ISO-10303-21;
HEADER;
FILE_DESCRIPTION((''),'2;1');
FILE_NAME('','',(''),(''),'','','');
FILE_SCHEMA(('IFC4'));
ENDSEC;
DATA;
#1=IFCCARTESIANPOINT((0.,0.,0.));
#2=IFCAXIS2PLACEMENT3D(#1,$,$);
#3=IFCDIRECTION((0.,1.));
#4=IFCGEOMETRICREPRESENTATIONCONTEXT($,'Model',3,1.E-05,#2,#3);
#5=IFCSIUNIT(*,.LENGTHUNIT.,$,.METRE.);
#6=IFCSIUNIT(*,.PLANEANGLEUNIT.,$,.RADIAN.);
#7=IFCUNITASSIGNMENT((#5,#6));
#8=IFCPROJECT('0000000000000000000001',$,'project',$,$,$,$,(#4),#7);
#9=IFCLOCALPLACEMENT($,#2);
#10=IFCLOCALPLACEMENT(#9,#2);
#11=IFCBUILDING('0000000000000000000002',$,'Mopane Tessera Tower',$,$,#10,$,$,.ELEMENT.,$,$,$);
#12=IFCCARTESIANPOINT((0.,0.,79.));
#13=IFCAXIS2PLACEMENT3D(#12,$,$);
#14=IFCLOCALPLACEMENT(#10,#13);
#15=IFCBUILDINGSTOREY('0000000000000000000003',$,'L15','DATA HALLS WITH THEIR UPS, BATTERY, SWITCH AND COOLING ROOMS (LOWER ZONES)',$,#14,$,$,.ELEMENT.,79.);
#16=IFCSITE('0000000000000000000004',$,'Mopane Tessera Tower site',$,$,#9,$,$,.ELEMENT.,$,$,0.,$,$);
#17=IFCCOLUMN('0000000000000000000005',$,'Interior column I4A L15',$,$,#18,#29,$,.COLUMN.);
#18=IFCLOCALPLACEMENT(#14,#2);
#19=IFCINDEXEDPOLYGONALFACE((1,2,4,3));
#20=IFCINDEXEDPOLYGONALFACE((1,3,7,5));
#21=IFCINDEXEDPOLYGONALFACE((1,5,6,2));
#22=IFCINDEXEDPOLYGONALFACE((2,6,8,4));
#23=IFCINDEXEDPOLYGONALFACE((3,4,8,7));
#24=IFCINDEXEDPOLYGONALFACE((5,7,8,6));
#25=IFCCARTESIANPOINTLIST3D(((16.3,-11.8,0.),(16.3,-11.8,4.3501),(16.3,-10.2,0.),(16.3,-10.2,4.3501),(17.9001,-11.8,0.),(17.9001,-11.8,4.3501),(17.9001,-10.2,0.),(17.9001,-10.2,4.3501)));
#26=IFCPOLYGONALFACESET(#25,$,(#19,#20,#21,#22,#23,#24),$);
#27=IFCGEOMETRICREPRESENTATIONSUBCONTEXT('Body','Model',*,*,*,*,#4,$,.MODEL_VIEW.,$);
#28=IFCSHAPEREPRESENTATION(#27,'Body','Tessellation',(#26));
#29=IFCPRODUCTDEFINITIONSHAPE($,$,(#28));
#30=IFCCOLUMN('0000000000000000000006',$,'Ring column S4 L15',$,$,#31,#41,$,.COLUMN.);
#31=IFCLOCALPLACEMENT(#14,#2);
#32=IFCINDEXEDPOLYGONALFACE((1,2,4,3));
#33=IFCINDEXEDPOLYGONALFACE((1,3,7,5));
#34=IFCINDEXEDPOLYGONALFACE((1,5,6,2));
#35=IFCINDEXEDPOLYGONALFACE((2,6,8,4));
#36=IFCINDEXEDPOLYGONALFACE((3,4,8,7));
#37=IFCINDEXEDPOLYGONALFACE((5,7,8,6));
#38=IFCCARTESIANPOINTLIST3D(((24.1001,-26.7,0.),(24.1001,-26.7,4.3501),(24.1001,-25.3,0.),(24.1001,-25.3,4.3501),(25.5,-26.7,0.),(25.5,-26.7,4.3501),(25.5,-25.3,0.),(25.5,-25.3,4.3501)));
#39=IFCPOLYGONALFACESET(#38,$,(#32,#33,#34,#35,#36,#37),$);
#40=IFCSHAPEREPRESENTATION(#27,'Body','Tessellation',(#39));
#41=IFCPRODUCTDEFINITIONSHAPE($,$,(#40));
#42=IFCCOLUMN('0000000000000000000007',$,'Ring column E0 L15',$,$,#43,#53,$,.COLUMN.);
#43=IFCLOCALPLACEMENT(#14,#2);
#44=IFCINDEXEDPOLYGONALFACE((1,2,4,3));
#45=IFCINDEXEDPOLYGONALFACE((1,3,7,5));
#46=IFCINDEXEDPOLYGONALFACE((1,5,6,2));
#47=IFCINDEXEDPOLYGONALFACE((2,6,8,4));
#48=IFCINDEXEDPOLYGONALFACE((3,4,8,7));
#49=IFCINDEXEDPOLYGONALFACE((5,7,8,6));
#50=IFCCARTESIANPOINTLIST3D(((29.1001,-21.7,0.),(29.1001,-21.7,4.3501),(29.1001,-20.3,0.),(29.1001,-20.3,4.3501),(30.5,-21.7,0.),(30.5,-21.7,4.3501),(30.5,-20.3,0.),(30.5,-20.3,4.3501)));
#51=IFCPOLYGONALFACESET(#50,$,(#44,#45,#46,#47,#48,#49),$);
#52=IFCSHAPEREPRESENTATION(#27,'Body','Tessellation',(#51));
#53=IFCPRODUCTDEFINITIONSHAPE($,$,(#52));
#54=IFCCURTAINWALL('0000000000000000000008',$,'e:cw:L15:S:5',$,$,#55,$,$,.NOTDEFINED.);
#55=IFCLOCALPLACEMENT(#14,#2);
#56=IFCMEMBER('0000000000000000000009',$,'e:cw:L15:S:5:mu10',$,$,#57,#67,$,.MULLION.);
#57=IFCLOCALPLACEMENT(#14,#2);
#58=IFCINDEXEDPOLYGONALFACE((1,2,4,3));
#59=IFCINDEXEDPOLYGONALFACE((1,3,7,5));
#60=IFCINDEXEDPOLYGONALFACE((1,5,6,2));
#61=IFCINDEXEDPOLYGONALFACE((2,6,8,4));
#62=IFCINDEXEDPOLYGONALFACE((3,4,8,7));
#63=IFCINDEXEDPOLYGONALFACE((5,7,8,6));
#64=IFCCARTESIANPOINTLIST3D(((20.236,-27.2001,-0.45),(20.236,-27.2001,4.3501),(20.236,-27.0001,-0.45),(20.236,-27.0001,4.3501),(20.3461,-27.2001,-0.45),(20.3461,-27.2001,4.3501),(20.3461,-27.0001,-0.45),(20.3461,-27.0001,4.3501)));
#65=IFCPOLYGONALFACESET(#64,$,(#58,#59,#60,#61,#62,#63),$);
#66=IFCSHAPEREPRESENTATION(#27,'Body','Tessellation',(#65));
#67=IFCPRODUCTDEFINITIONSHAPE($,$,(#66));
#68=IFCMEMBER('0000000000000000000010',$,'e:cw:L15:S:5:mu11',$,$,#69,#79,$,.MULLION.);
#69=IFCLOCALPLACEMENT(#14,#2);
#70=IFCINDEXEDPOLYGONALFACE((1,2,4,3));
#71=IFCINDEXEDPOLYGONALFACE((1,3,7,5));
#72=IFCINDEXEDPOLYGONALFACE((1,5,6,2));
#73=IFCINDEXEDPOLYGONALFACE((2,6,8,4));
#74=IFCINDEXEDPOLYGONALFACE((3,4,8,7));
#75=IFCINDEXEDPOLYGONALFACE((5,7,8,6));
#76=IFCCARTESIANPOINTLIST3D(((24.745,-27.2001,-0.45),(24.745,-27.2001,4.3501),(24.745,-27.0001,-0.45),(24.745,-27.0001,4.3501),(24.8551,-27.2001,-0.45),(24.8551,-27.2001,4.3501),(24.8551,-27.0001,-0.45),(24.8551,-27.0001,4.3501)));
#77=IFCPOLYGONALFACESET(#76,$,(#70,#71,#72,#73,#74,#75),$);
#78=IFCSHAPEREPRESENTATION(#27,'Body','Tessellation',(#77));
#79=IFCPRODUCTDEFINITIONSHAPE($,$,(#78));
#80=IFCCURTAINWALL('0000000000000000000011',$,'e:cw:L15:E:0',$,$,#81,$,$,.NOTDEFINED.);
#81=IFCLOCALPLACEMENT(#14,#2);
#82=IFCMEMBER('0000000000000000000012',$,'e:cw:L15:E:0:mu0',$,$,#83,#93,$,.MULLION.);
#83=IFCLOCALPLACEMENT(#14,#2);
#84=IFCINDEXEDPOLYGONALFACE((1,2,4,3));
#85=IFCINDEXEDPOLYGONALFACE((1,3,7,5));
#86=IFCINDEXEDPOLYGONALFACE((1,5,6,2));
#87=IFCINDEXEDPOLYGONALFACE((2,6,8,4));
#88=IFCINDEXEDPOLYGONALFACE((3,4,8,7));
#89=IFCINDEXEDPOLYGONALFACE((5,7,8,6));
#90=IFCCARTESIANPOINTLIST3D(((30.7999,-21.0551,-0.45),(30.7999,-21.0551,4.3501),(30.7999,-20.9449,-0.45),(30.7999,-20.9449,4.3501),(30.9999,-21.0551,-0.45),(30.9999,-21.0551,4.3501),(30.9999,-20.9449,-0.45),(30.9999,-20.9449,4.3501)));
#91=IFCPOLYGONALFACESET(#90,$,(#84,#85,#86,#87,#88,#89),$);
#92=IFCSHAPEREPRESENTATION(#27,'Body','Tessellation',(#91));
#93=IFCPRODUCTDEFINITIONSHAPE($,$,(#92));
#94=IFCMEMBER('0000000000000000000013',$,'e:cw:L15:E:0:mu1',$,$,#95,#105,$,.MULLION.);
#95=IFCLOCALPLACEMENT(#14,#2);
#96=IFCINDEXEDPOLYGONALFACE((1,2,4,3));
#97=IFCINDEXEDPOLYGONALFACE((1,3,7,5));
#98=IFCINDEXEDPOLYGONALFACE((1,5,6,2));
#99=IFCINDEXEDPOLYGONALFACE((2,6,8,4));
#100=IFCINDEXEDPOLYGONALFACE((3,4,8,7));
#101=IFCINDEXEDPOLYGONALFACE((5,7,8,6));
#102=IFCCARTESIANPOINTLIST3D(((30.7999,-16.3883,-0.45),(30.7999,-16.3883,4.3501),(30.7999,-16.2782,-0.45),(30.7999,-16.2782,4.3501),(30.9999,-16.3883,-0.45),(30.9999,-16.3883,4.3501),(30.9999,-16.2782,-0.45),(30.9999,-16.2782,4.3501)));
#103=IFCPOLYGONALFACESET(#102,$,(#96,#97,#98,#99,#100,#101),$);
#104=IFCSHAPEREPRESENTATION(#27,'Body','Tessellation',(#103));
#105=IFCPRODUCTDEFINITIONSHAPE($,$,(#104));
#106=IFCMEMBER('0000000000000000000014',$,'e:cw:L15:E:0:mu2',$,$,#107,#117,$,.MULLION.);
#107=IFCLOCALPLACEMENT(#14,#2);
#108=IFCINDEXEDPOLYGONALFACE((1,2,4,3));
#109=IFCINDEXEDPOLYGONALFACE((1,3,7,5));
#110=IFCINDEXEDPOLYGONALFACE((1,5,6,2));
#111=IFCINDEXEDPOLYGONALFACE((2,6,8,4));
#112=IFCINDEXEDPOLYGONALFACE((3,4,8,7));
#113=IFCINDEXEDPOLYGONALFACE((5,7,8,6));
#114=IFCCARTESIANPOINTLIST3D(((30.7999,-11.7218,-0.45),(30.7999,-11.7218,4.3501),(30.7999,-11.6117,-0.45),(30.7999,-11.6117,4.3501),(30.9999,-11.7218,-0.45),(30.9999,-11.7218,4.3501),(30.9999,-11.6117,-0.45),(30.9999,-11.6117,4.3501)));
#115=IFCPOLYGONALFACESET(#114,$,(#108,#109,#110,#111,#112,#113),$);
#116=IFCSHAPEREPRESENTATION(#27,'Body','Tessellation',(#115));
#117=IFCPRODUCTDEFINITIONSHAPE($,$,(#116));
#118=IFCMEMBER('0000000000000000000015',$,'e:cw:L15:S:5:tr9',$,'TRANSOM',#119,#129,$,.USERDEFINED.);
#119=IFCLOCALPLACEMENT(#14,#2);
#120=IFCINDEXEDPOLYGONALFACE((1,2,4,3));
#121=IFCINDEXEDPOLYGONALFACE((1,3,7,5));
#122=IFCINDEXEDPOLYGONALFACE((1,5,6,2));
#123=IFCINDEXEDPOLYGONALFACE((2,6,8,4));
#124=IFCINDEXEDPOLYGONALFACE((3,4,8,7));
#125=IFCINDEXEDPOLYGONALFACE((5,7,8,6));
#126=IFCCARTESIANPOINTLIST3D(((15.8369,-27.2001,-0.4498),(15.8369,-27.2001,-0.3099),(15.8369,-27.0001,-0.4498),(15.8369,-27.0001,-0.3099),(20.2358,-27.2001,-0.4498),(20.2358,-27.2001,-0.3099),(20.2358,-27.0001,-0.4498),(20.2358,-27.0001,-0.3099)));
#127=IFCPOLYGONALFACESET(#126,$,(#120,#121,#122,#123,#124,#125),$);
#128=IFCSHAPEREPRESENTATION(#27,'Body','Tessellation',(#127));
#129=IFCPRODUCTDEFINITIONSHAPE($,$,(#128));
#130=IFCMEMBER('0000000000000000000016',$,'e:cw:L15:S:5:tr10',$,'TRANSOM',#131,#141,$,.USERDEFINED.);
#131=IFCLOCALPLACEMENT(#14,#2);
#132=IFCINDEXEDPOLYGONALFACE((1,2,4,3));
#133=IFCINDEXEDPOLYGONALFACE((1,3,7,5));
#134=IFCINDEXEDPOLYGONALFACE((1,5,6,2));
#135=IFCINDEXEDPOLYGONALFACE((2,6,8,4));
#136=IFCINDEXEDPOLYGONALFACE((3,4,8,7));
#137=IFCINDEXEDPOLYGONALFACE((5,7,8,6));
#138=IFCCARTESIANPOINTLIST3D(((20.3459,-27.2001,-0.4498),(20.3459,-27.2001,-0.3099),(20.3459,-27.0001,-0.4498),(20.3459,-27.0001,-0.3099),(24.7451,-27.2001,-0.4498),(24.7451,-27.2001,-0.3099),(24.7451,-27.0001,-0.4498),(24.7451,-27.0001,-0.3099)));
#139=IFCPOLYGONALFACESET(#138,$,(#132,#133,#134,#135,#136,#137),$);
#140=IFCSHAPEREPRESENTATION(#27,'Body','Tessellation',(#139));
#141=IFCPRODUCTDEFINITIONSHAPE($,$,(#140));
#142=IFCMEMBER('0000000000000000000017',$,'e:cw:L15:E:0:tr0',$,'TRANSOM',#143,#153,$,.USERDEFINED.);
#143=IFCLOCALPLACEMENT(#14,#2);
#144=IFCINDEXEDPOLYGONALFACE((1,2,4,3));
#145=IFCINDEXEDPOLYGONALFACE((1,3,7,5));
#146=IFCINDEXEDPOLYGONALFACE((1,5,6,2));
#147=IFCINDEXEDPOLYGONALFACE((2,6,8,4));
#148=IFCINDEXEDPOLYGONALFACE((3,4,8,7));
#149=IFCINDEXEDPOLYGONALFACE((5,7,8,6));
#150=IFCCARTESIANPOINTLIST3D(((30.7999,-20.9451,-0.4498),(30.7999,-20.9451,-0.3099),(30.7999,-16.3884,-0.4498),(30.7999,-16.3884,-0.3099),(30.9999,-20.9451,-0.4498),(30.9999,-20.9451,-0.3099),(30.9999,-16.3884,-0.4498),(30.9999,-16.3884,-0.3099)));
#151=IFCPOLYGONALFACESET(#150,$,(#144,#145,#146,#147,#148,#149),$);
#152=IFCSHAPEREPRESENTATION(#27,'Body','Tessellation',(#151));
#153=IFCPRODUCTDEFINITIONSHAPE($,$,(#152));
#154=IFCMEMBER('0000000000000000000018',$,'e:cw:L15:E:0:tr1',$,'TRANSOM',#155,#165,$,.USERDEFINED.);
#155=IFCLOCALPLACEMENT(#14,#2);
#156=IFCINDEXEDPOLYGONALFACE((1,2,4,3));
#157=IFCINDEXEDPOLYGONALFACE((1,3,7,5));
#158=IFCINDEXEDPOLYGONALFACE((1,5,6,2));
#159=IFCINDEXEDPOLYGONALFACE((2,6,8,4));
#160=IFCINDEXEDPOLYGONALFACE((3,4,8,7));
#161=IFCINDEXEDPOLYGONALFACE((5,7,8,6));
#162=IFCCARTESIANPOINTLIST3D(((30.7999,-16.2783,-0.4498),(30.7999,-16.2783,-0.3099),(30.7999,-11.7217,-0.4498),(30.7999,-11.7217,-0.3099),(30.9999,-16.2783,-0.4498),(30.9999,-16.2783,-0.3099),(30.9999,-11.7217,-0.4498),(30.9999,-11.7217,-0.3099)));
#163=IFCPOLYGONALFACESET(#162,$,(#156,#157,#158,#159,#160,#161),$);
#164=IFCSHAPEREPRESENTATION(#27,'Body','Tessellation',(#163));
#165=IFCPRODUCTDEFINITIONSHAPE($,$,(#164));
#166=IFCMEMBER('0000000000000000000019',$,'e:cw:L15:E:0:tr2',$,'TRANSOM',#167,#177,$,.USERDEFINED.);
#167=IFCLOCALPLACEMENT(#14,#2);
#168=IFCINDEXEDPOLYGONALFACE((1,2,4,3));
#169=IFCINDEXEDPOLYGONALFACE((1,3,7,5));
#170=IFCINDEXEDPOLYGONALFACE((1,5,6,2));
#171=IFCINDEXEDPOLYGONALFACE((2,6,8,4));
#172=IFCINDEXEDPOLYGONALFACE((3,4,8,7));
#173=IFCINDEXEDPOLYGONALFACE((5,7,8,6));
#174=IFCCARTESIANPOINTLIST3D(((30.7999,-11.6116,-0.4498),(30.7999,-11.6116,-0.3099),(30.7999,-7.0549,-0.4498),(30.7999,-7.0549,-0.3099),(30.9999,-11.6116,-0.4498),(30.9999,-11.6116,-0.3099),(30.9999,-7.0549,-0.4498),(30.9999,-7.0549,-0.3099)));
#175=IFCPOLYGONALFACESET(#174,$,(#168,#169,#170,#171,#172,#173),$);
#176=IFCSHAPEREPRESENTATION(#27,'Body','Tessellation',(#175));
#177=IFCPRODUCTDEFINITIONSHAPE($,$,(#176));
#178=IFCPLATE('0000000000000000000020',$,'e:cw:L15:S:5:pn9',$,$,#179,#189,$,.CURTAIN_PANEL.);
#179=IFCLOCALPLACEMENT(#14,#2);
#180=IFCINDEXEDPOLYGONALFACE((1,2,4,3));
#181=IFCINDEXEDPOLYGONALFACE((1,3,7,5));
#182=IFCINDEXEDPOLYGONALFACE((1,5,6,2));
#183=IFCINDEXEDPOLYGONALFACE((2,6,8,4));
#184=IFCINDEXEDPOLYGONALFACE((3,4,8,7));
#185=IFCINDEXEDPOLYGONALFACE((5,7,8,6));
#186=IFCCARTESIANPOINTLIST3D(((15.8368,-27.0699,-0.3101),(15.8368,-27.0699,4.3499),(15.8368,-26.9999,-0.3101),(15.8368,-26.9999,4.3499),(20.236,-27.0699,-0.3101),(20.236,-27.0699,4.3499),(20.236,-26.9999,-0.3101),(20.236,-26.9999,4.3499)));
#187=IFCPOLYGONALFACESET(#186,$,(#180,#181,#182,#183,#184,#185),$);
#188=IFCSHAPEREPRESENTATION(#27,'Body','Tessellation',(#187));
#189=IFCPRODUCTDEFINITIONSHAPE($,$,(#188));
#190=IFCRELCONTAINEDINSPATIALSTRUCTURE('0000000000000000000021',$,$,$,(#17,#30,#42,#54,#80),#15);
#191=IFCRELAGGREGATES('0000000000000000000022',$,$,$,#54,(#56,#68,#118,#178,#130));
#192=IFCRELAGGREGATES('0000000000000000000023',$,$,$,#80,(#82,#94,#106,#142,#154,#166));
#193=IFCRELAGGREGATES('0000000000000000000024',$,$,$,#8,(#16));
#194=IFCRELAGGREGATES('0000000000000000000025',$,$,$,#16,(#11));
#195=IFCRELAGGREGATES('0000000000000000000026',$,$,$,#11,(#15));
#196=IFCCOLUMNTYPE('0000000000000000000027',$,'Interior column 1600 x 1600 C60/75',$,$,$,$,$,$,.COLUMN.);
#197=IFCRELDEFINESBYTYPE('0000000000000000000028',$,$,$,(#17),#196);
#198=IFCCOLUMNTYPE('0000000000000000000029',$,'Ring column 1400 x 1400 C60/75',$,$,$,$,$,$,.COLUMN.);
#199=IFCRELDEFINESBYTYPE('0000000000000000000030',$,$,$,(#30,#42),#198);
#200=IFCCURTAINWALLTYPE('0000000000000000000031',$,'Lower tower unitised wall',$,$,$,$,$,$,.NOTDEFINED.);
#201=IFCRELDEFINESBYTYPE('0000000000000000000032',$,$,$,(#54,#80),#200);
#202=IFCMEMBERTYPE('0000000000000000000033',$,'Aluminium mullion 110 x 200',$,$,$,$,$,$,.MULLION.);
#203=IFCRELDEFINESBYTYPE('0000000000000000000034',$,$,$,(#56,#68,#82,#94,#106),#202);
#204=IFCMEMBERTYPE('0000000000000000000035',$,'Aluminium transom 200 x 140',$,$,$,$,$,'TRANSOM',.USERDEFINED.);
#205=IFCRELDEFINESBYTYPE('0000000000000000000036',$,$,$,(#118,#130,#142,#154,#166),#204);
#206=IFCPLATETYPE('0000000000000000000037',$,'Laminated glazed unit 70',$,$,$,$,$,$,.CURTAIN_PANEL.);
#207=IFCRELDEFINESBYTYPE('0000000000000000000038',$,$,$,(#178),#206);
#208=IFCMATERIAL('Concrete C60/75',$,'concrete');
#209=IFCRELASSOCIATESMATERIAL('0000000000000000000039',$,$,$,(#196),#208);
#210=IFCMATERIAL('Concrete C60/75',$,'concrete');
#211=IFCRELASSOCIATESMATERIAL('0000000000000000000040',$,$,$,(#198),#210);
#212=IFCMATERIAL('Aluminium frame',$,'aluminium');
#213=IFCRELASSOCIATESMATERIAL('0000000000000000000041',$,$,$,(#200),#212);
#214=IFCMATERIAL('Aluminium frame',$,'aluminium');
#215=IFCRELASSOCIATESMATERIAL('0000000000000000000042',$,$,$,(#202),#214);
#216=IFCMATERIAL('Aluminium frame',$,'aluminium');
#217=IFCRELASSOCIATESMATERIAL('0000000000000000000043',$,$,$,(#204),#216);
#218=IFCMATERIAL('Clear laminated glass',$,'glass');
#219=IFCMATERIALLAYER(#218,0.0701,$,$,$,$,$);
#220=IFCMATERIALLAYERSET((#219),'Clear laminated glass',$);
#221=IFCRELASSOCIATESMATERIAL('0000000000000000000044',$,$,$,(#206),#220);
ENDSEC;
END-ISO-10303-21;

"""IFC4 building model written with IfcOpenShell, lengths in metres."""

from ifc_helpers import new_model, si_unit, direction, frame, origin, origin_2d, place, context, subcontext, project, spatial, rectangle, extrude, material, layer, layer_set, material_profile, profile_set, type_object, element, aggregate, save


model = new_model("IFC4")

# Units and contexts
model_context = context("Model", 3, precision=1e-05, world=origin(), true_north=direction((0.0, 1.0)))
body_context = subcontext(model_context, "Body", "Model", "MODEL_VIEW")
ifc_project = project(units=[si_unit("LENGTHUNIT", "METRE"), si_unit("PLANEANGLEUNIT", "RADIAN")], contexts=[model_context])

# Site, building, storey
site_placement = place(None, origin())
site = spatial("IfcSite", under=ifc_project, at=site_placement, Name="Mopane Tessera Tower site", CompositionType="ELEMENT", RefElevation=0.0)
building_placement = place(site_placement, origin())
building = spatial("IfcBuilding", under=site, at=building_placement, Name="Mopane Tessera Tower", CompositionType="ELEMENT")
storey_placement = place(building_placement, frame((0.0, 0.0, 79.0)))
storey = spatial("IfcBuildingStorey", under=building, at=storey_placement, Name="L15", Description="DATA HALLS WITH THEIR UPS, BATTERY, SWITCH AND COOLING ROOMS (LOWER ZONES)", CompositionType="ELEMENT", Elevation=79.0)

# Columns
ifc_material_1 = material(Name="Concrete C60/75", Category="concrete")
ifc_material_profile_1 = material_profile(ifc_material_1, rectangle(XDim=1.6001, YDim=1.6001, at=origin_2d()))
ifc_profile_set_1 = profile_set([ifc_material_profile_1], Name="Concrete C60/75")
column_type_1 = type_object("IfcColumnType", Name="Interior column 1600 x 1600 C60/75", PredefinedType="COLUMN", material=ifc_profile_set_1)
column_placement = place(storey_placement, frame((17.1001, -11.0, 0.0), z_axis=(0.0, 0.0, 1.0), x_axis=(1.0, 0.0, 0.0)))
element("IfcColumn", 1, at=column_placement, inside=storey, type_object=column_type_1, Name="Interior column I4A L15", PredefinedType="COLUMN", context=body_context, shape_type="SweptSolid", body=[
    extrude(rectangle(XDim=1.6001, YDim=1.6001, at=origin_2d()), origin(), (0.0, 0.0, 1.0), 4.3501),
])
ifc_material_2 = material(Name="Concrete C60/75", Category="concrete")
ifc_material_profile_2 = material_profile(ifc_material_2, rectangle(XDim=1.3999, YDim=1.3999, at=origin_2d()))
ifc_profile_set_2 = profile_set([ifc_material_profile_2], Name="Concrete C60/75")
column_type_2 = type_object("IfcColumnType", Name="Ring column 1400 x 1400 C60/75", PredefinedType="COLUMN", material=ifc_profile_set_2)
for number, where, z_axis, x_axis, name in (
    (2, (24.8, -26.0, 0.0), (0.0, 0.0, 1.0), (1.0, 0.0, 0.0), "Ring column S4 L15"),
    (3, (29.8, -21.0, 0.0), (0.0, 0.0, 1.0), (1.0, 0.0, 0.0), "Ring column E0 L15"),
):
    element("IfcColumn", number, at=place(storey_placement, frame(where, z_axis=z_axis, x_axis=x_axis)), inside=storey, type_object=column_type_2, Name=name, PredefinedType="COLUMN", context=body_context, shape_type="SweptSolid", body=[
        extrude(rectangle(XDim=1.3999, YDim=1.3999, at=origin_2d()), origin(), (0.0, 0.0, 1.0), 4.3501),
    ])

# Curtain walls, members
ifc_material_3 = material(Name="Aluminium frame", Category="aluminium")
curtain_wall_type = type_object("IfcCurtainWallType", Name="Lower tower unitised wall", PredefinedType="NOTDEFINED", material=ifc_material_3)
curtain_wall_1_placement = place(storey_placement, origin())
curtain_wall_1 = element("IfcCurtainWall", 4, at=curtain_wall_1_placement, inside=storey, type_object=curtain_wall_type, Name="e:cw:L15:S:5", PredefinedType="NOTDEFINED")
ifc_material_4 = material(Name="Aluminium frame", Category="aluminium")
ifc_material_profile_3 = material_profile(ifc_material_4, rectangle(XDim=0.1101, YDim=0.2, at=origin_2d()))
ifc_profile_set_3 = profile_set([ifc_material_profile_3], Name="Aluminium frame")
member_type_1 = type_object("IfcMemberType", Name="Aluminium mullion 110 x 200", PredefinedType="MULLION", material=ifc_profile_set_3)
member_1_placement = place(storey_placement, frame((20.291, -27.1001, -0.45), z_axis=(0.0, 0.0, 1.0), x_axis=(1.0, 0.0, 0.0)))
member_1 = element("IfcMember", 5, at=member_1_placement, type_object=member_type_1, Name="e:cw:L15:S:5:mu10", PredefinedType="MULLION", context=body_context, shape_type="SweptSolid", body=[
    extrude(rectangle(XDim=0.1101, YDim=0.2, at=origin_2d()), origin(), (0.0, 0.0, 1.0), 4.8),
])
member_2_placement = place(storey_placement, frame((24.8, -27.1001, -0.45), z_axis=(0.0, 0.0, 1.0), x_axis=(1.0, 0.0, 0.0)))
member_2 = element("IfcMember", 6, at=member_2_placement, type_object=member_type_1, Name="e:cw:L15:S:5:mu11", PredefinedType="MULLION", context=body_context, shape_type="SweptSolid", body=[
    extrude(rectangle(XDim=0.1101, YDim=0.2, at=origin_2d()), origin(), (0.0, 0.0, 1.0), 4.8),
])
curtain_wall_2_placement = place(storey_placement, origin())
curtain_wall_2 = element("IfcCurtainWall", 7, at=curtain_wall_2_placement, inside=storey, type_object=curtain_wall_type, Name="e:cw:L15:E:0", PredefinedType="NOTDEFINED")
member_3_placement = place(storey_placement, frame((30.8999, -21.0, -0.45), z_axis=(0.0, 0.0, 1.0), x_axis=(0.0, 1.0, 0.0)))
member_3 = element("IfcMember", 8, at=member_3_placement, type_object=member_type_1, Name="e:cw:L15:E:0:mu0", PredefinedType="MULLION", context=body_context, shape_type="SweptSolid", body=[
    extrude(rectangle(XDim=0.1101, YDim=0.2, at=origin_2d()), origin(), (0.0, 0.0, 1.0), 4.8),
])
member_4_placement = place(storey_placement, frame((30.8999, -16.3333, -0.45), z_axis=(0.0, 0.0, 1.0), x_axis=(0.0, 1.0, 0.0)))
member_4 = element("IfcMember", 9, at=member_4_placement, type_object=member_type_1, Name="e:cw:L15:E:0:mu1", PredefinedType="MULLION", context=body_context, shape_type="SweptSolid", body=[
    extrude(rectangle(XDim=0.1101, YDim=0.2, at=origin_2d()), origin(), (0.0, 0.0, 1.0), 4.8),
])
member_5_placement = place(storey_placement, frame((30.8999, -11.6667, -0.45), z_axis=(0.0, 0.0, 1.0), x_axis=(0.0, 1.0, 0.0)))
member_5 = element("IfcMember", 10, at=member_5_placement, type_object=member_type_1, Name="e:cw:L15:E:0:mu2", PredefinedType="MULLION", context=body_context, shape_type="SweptSolid", body=[
    extrude(rectangle(XDim=0.1101, YDim=0.2, at=origin_2d()), origin(), (0.0, 0.0, 1.0), 4.8),
])

# Members
ifc_material_5 = material(Name="Aluminium frame", Category="aluminium")
ifc_material_profile_4 = material_profile(ifc_material_5, rectangle(XDim=0.2, YDim=0.1399, at=origin_2d()))
ifc_profile_set_4 = profile_set([ifc_material_profile_4], Name="Aluminium frame")
member_type_2 = type_object("IfcMemberType", Name="Aluminium transom 200 x 140", ElementType="TRANSOM", PredefinedType="USERDEFINED", material=ifc_profile_set_4)
member_6_placement = place(storey_placement, frame((15.8369, -27.1001, -0.3799), z_axis=(1.0, 0.0, 0.0), x_axis=(0.0, 1.0, 0.0)))
member_6 = element("IfcMember", 11, at=member_6_placement, type_object=member_type_2, Name="e:cw:L15:S:5:tr9", ObjectType="TRANSOM", PredefinedType="USERDEFINED", context=body_context, shape_type="SweptSolid", body=[
    extrude(rectangle(XDim=0.2, YDim=0.1399, at=origin_2d()), origin(), (0.0, 0.0, 1.0), 4.3989),
])
member_7_placement = place(storey_placement, frame((20.3459, -27.1001, -0.3799), z_axis=(1.0, 0.0, 0.0), x_axis=(0.0, 1.0, 0.0)))
member_7 = element("IfcMember", 12, at=member_7_placement, type_object=member_type_2, Name="e:cw:L15:S:5:tr10", ObjectType="TRANSOM", PredefinedType="USERDEFINED", context=body_context, shape_type="SweptSolid", body=[
    extrude(rectangle(XDim=0.2, YDim=0.1399, at=origin_2d()), origin(), (0.0, 0.0, 1.0), 4.3992),
])
member_8_placement = place(storey_placement, frame((30.8999, -20.9451, -0.3799), z_axis=(0.0, 1.0, 0.0), x_axis=(-1.0, 0.0, 0.0)))
member_8 = element("IfcMember", 13, at=member_8_placement, type_object=member_type_2, Name="e:cw:L15:E:0:tr0", ObjectType="TRANSOM", PredefinedType="USERDEFINED", context=body_context, shape_type="SweptSolid", body=[
    extrude(rectangle(XDim=0.2, YDim=0.1399, at=origin_2d()), origin(), (0.0, 0.0, 1.0), 4.5566),
])
member_9_placement = place(storey_placement, frame((30.8999, -16.2783, -0.3799), z_axis=(0.0, 1.0, 0.0), x_axis=(-1.0, 0.0, 0.0)))
member_9 = element("IfcMember", 14, at=member_9_placement, type_object=member_type_2, Name="e:cw:L15:E:0:tr1", ObjectType="TRANSOM", PredefinedType="USERDEFINED", context=body_context, shape_type="SweptSolid", body=[
    extrude(rectangle(XDim=0.2, YDim=0.1399, at=origin_2d()), origin(), (0.0, 0.0, 1.0), 4.5566),
])
member_10_placement = place(storey_placement, frame((30.8999, -11.6116, -0.3799), z_axis=(0.0, 1.0, 0.0), x_axis=(-1.0, 0.0, 0.0)))
member_10 = element("IfcMember", 15, at=member_10_placement, type_object=member_type_2, Name="e:cw:L15:E:0:tr2", ObjectType="TRANSOM", PredefinedType="USERDEFINED", context=body_context, shape_type="SweptSolid", body=[
    extrude(rectangle(XDim=0.2, YDim=0.1399, at=origin_2d()), origin(), (0.0, 0.0, 1.0), 4.5566),
])

# Plate
ifc_material_6 = material(Name="Clear laminated glass", Category="glass")
ifc_layer_1 = layer(ifc_material_6, 0.0701)
ifc_layer_set_1 = layer_set([ifc_layer_1], Name="Clear laminated glass")
plate_type = type_object("IfcPlateType", Name="Laminated glazed unit 70", PredefinedType="CURTAIN_PANEL", material=ifc_layer_set_1)
plate_1_placement = place(storey_placement, frame((18.0364, -27.0349, -0.3101), z_axis=(0.0, 0.0, 1.0), x_axis=(1.0, 0.0, 0.0)))
plate_1 = element("IfcPlate", 16, at=plate_1_placement, type_object=plate_type, Name="e:cw:L15:S:5:pn9", PredefinedType="CURTAIN_PANEL", context=body_context, shape_type="SweptSolid", body=[
    extrude(rectangle(XDim=4.3992, YDim=0.0701, at=origin_2d()), origin(), (0.0, 0.0, 1.0), 4.6599),
])
aggregate(curtain_wall_1, [member_1, member_2, member_6, plate_1, member_7])
aggregate(curtain_wall_2, [member_3, member_4, member_5, member_8, member_9, member_10])

save(model, "model.ifc")
